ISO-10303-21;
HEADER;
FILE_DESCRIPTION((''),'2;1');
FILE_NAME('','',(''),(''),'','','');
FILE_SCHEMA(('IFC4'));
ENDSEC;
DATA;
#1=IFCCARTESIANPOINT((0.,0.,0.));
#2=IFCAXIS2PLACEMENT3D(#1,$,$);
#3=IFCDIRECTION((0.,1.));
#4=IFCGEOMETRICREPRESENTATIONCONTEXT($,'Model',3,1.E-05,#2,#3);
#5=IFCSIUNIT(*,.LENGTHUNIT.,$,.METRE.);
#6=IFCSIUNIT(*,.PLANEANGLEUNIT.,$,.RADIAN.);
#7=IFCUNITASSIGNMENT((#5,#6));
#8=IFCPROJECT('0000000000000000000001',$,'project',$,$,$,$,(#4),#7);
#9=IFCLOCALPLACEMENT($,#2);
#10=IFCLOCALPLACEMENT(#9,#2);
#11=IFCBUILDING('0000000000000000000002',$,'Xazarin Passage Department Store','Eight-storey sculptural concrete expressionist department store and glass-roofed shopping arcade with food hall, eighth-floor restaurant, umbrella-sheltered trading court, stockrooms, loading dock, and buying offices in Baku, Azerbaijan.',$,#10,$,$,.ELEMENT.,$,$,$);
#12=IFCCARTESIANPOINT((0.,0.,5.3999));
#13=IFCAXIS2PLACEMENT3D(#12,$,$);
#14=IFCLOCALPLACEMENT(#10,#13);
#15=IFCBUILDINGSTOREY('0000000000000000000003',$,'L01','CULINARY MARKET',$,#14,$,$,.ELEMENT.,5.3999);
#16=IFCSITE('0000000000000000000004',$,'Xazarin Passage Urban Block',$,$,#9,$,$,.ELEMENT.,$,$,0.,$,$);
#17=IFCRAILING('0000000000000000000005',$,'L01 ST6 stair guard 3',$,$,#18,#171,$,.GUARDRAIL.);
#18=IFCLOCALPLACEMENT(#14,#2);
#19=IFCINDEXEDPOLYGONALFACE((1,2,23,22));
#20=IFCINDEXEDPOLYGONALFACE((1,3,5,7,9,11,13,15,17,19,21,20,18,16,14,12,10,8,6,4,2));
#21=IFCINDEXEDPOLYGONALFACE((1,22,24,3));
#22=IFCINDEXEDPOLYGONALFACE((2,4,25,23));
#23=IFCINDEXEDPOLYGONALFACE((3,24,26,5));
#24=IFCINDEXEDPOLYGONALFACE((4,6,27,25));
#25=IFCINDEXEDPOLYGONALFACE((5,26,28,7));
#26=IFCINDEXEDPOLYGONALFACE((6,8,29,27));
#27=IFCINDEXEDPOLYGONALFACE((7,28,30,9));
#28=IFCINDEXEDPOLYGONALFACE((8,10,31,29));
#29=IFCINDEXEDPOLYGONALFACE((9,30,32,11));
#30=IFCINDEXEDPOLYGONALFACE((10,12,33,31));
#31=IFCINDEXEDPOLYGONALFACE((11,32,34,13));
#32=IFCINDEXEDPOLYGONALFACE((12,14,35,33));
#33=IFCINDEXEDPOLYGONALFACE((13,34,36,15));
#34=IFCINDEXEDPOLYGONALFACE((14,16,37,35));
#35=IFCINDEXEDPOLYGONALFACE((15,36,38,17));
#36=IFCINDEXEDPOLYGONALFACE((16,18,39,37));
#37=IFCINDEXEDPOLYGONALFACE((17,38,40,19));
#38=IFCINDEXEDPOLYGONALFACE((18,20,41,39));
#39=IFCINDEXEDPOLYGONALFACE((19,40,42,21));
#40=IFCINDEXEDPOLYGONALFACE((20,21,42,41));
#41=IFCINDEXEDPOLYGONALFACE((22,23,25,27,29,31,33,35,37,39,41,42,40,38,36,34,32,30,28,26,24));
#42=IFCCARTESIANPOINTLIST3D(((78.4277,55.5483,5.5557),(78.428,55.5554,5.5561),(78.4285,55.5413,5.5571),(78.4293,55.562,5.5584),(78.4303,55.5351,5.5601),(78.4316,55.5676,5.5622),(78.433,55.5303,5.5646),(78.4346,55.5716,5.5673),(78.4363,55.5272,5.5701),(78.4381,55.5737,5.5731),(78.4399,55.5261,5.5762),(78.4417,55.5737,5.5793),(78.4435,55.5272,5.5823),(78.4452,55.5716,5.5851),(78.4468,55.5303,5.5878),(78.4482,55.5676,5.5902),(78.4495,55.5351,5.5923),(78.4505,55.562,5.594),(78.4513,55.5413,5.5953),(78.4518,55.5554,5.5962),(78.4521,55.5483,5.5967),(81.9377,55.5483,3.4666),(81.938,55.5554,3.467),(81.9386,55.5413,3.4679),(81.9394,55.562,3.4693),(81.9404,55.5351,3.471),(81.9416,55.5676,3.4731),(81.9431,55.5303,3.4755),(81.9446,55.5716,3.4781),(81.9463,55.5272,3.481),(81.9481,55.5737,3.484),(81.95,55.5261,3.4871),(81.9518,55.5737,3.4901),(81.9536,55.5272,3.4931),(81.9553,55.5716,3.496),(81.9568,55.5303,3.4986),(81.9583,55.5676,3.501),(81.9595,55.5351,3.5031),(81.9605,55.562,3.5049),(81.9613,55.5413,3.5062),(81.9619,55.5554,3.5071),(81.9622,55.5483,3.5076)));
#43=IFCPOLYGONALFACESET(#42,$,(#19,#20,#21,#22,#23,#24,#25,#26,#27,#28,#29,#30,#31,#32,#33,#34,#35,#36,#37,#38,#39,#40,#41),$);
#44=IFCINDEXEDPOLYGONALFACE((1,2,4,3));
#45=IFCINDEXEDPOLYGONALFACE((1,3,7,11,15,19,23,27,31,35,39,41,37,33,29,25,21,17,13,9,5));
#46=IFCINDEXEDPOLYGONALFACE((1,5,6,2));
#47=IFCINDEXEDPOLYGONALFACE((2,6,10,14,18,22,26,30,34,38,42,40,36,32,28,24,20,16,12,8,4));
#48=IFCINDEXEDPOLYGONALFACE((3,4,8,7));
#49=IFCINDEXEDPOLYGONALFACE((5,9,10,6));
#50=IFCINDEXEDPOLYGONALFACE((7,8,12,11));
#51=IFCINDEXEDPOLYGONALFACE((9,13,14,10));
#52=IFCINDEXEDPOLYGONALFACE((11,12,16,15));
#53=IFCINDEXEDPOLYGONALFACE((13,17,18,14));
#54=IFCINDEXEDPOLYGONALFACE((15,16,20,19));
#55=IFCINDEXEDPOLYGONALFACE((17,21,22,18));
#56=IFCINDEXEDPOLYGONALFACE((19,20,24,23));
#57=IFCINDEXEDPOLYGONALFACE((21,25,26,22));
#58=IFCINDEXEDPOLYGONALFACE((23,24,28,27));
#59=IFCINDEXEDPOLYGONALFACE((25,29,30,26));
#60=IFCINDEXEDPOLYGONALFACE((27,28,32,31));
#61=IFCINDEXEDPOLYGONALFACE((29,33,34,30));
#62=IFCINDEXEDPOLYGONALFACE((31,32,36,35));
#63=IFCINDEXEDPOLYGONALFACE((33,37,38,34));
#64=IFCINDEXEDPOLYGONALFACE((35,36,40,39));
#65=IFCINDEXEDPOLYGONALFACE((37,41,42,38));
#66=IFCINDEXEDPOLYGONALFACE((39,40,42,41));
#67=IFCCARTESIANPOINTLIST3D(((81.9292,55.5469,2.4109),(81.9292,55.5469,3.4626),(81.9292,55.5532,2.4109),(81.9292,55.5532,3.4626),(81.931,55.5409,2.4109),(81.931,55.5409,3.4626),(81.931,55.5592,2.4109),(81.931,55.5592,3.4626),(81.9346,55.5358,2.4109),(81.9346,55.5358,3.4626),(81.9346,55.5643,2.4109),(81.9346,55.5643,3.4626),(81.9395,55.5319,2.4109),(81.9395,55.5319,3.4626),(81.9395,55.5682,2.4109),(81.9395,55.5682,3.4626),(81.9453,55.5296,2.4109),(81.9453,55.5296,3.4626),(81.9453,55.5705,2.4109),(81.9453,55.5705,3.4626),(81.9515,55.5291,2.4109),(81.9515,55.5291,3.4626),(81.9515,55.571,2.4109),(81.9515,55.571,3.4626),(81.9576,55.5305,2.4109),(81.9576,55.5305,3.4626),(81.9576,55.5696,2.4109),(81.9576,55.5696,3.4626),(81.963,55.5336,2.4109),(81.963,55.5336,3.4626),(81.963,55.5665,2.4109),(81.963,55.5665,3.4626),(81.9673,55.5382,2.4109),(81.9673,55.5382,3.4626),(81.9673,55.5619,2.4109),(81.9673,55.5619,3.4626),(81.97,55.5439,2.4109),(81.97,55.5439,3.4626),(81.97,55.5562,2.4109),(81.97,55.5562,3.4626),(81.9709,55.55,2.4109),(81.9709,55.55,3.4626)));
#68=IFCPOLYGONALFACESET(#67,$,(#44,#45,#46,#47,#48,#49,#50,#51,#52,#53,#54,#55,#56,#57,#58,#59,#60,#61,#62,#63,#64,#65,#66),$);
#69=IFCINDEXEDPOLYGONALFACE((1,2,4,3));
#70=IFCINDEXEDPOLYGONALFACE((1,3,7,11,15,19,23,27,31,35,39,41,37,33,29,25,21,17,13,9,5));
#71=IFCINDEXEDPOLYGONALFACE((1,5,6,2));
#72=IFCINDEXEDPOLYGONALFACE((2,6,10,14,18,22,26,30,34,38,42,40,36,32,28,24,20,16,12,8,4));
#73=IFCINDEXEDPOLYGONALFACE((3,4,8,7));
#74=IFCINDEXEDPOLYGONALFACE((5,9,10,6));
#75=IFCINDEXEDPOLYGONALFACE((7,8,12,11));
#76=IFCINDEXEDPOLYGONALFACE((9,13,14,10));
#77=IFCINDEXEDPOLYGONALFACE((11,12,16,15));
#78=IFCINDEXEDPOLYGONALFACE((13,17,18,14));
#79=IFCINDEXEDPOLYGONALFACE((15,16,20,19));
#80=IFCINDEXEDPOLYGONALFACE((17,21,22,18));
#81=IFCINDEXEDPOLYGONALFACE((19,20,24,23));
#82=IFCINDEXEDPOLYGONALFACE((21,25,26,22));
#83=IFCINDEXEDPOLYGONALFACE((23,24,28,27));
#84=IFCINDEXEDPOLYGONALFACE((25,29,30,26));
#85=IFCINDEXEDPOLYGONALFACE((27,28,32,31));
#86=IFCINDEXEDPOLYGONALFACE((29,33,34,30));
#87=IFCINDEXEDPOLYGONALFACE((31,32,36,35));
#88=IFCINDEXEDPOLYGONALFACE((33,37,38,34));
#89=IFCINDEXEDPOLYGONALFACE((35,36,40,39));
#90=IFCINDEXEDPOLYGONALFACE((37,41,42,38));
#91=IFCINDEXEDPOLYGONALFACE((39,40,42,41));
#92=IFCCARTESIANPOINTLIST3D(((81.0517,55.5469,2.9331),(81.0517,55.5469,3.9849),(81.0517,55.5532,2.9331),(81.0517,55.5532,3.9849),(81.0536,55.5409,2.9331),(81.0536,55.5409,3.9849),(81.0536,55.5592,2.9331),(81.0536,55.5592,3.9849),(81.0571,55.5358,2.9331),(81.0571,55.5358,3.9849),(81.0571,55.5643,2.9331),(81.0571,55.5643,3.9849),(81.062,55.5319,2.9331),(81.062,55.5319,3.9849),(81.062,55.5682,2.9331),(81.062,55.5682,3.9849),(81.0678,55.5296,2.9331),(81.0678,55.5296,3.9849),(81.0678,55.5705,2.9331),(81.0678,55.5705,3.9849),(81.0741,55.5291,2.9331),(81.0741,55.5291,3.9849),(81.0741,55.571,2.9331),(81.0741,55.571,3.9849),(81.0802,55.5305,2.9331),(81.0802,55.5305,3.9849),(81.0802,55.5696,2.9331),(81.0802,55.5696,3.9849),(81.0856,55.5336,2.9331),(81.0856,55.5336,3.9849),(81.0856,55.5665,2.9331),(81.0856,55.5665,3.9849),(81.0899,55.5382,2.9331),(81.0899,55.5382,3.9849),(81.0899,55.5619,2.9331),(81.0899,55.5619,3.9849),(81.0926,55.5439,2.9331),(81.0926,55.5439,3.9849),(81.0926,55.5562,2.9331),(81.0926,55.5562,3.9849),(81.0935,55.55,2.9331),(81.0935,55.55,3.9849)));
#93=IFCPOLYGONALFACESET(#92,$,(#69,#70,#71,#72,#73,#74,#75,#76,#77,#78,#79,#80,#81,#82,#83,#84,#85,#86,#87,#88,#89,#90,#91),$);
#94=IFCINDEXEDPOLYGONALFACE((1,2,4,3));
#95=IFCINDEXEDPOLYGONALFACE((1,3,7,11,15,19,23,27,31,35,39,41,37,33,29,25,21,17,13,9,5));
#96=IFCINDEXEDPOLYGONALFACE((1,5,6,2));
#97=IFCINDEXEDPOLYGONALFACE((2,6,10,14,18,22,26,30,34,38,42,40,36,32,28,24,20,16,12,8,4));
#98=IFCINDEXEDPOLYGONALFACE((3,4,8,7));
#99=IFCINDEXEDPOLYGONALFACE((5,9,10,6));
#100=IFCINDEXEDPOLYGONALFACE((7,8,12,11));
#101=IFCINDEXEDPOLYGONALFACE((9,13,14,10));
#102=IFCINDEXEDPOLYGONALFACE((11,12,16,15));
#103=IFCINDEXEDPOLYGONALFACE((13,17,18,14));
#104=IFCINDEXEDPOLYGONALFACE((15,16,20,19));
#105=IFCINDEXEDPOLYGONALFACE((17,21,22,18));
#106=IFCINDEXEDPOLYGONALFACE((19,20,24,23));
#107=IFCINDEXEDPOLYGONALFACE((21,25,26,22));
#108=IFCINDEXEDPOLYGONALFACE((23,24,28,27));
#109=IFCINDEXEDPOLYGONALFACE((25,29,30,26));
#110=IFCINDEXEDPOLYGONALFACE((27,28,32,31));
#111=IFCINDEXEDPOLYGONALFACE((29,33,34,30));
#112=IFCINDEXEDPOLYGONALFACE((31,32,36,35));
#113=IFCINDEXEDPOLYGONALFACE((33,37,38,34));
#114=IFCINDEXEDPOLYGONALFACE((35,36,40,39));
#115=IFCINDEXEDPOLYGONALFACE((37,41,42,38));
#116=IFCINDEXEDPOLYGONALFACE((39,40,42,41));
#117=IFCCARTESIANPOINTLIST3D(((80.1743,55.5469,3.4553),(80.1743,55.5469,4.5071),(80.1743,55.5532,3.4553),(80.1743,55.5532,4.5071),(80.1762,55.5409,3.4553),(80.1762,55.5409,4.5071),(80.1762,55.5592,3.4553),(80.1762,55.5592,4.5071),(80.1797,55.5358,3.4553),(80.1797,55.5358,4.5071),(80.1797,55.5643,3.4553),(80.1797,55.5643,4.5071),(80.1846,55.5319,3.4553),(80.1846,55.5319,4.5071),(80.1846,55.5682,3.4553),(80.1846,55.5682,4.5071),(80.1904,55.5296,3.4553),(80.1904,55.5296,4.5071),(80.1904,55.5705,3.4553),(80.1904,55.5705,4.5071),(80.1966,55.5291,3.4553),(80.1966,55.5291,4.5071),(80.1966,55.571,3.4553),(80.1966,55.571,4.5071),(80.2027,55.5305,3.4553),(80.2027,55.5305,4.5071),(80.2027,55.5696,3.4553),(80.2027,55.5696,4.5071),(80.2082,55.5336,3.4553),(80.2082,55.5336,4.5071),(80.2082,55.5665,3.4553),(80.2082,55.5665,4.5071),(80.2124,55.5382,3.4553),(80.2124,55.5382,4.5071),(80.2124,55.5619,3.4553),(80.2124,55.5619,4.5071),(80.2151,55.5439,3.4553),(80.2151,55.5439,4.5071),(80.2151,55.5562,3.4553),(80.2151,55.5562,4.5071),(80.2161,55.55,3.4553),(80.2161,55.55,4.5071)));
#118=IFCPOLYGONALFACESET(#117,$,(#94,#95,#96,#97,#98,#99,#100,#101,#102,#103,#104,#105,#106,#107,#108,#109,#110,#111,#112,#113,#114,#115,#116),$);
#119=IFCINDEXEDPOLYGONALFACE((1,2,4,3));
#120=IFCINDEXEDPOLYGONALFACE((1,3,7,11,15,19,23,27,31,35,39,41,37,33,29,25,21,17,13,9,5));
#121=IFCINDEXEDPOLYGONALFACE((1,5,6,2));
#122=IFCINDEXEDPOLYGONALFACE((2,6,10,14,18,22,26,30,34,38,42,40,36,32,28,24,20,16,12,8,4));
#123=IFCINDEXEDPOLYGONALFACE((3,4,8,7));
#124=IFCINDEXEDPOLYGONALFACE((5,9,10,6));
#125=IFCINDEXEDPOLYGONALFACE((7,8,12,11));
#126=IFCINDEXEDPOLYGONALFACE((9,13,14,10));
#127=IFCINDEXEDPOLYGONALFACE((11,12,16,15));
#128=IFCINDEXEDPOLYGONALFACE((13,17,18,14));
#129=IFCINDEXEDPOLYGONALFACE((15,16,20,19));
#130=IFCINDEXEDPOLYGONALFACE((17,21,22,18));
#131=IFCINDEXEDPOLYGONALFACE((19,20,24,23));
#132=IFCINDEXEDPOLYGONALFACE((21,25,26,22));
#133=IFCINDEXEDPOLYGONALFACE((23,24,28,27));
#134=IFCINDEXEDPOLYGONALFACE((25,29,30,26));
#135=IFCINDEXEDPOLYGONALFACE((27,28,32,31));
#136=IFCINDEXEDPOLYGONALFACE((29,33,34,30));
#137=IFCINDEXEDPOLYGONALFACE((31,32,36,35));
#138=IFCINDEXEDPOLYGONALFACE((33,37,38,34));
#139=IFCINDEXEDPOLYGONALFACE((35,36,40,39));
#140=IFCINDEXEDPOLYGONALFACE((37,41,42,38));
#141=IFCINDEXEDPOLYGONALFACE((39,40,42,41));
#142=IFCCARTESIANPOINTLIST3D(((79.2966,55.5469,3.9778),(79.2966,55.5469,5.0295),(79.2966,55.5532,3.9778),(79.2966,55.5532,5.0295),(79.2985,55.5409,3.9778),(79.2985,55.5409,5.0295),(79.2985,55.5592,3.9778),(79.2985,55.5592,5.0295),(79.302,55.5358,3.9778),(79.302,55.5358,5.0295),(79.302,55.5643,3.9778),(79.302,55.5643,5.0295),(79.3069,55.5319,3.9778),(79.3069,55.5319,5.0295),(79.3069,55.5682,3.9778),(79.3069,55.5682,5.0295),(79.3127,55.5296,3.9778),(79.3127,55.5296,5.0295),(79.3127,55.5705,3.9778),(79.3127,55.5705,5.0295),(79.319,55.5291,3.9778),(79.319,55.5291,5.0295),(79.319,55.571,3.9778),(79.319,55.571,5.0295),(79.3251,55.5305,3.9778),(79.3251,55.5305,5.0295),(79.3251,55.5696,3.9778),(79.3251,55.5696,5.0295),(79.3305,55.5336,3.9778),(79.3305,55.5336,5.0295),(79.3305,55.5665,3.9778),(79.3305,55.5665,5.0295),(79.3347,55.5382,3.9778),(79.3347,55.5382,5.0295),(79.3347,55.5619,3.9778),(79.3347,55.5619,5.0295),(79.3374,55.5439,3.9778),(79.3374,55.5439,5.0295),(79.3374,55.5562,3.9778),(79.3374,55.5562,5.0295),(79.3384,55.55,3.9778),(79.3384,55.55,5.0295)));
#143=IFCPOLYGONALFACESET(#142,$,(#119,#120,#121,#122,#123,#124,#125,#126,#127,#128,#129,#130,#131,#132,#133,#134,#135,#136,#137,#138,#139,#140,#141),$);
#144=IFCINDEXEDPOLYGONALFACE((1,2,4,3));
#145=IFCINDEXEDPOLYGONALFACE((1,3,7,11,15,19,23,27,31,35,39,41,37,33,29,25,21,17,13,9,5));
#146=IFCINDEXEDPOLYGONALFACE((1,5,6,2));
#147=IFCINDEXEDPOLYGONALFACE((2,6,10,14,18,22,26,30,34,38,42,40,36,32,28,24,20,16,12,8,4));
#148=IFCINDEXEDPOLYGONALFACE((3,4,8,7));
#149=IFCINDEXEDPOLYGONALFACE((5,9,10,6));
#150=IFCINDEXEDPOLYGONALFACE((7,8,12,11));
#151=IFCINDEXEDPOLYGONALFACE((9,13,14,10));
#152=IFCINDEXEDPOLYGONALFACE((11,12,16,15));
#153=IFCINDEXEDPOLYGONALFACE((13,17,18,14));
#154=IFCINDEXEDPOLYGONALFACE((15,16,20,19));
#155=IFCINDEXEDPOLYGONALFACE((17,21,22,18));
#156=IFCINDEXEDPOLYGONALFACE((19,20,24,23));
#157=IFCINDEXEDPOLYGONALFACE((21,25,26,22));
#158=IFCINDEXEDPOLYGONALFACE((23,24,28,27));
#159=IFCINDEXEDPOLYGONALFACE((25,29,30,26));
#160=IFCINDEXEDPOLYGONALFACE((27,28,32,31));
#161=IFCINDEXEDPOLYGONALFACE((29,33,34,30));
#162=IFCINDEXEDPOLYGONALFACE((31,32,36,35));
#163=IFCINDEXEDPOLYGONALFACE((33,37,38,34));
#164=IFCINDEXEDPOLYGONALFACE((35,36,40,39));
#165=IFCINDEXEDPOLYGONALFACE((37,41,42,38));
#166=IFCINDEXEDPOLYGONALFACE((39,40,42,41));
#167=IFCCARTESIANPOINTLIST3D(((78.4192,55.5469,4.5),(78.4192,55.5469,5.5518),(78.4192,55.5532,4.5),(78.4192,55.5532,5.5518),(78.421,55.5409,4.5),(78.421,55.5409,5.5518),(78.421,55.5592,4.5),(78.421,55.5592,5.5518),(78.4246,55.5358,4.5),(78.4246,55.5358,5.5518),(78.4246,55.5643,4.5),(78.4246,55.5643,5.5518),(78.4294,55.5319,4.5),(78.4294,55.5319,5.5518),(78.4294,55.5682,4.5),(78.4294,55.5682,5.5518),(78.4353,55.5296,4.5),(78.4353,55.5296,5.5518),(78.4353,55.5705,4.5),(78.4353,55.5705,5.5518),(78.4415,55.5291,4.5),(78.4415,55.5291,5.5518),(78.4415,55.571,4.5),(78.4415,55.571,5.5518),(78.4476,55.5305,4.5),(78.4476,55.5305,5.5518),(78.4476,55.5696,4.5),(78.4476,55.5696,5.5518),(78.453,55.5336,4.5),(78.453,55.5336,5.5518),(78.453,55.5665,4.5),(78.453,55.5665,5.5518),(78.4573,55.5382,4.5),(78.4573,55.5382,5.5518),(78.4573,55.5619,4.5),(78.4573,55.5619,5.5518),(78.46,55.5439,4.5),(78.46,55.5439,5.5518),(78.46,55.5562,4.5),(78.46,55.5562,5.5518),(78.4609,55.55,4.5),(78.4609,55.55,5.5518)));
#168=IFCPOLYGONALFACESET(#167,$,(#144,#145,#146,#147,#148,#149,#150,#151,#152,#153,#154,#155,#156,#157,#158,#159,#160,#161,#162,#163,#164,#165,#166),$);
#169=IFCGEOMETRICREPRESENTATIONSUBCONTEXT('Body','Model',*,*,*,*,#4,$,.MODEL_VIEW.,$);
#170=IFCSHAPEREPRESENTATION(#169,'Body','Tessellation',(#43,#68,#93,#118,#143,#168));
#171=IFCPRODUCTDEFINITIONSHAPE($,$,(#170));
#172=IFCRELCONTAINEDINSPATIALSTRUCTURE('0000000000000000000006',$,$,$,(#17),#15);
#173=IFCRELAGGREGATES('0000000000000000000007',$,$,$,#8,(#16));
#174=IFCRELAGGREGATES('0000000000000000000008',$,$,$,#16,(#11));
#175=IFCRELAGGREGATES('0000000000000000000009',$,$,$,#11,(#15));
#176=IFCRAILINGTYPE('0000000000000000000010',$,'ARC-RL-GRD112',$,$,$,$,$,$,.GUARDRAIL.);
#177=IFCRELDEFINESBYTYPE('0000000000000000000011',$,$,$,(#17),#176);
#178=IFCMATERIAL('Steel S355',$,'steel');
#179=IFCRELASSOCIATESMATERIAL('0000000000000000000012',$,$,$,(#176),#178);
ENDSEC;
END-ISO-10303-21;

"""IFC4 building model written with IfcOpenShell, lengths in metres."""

from ifc_helpers import new_model, si_unit, direction, frame, origin, origin_2d, place, context, subcontext, project, spatial, circle, extrude, material, type_object, element, save


model = new_model("IFC4")

# Units and contexts
model_context = context("Model", 3, precision=1e-05, world=origin(), true_north=direction((0.0, 1.0)))
body_context = subcontext(model_context, "Body", "Model", "MODEL_VIEW")
ifc_project = project(units=[si_unit("LENGTHUNIT", "METRE"), si_unit("PLANEANGLEUNIT", "RADIAN")], contexts=[model_context])

# Site, building, storey
site_placement = place(None, origin())
site = spatial("IfcSite", under=ifc_project, at=site_placement, Name="Xazarin Passage Urban Block", CompositionType="ELEMENT", RefElevation=0.0)
building_placement = place(site_placement, origin())
building = spatial("IfcBuilding", under=site, at=building_placement, Name="Xazarin Passage Department Store", Description="Eight-storey sculptural concrete expressionist department store and glass-roofed shopping arcade with food hall, eighth-floor restaurant, umbrella-sheltered trading court, stockrooms, loading dock, and buying offices in Baku, Azerbaijan.", CompositionType="ELEMENT")
storey_placement = place(building_placement, frame((0.0, 0.0, 5.3999)))
storey = spatial("IfcBuildingStorey", under=building, at=storey_placement, Name="L01", Description="CULINARY MARKET", CompositionType="ELEMENT", Elevation=5.3999)

# Shared definitions
ifc_material_1 = material(Name="Steel S355", Category="steel")

# Railing
railing_type_1 = type_object("IfcRailingType", Name="ARC-RL-GRD112", PredefinedType="GUARDRAIL", material=ifc_material_1)
railing_1_placement = place(storey_placement, frame((81.95, 55.55, 2.4109)))
element("IfcRailing", 1, at=railing_1_placement, inside=storey, type_object=railing_type_1, Name="L01 ST6 stair guard 3", PredefinedType="GUARDRAIL", context=body_context, shape_type="SweptSolid", body=[
    extrude(circle(Radius=0.0239, at=origin_2d()), frame((0.0, 0.0, 1.0762), z_axis=(-0.859312, 0.0, 0.511451), x_axis=(0.0, -1.0, 0.0)), (0.0, 0.0, 1.0), 4.0847),
    extrude(circle(Radius=0.021, at=origin_2d()), origin(), (0.0, 0.0, 1.0), 1.0518),
    extrude(circle(Radius=0.021, at=origin_2d()), frame((-0.8774, 0.0, 0.5222)), (0.0, 0.0, 1.0), 1.0518),
    extrude(circle(Radius=0.021, at=origin_2d()), frame((-1.7549, 0.0, 1.0444)), (0.0, 0.0, 1.0), 1.0518),
    extrude(circle(Radius=0.021, at=origin_2d()), frame((-2.6326, 0.0, 1.5669)), (0.0, 0.0, 1.0), 1.0518),
    extrude(circle(Radius=0.021, at=origin_2d()), frame((-3.51, 0.0, 2.0891)), (0.0, 0.0, 1.0), 1.0518),
])

save(model, "model.ifc")
